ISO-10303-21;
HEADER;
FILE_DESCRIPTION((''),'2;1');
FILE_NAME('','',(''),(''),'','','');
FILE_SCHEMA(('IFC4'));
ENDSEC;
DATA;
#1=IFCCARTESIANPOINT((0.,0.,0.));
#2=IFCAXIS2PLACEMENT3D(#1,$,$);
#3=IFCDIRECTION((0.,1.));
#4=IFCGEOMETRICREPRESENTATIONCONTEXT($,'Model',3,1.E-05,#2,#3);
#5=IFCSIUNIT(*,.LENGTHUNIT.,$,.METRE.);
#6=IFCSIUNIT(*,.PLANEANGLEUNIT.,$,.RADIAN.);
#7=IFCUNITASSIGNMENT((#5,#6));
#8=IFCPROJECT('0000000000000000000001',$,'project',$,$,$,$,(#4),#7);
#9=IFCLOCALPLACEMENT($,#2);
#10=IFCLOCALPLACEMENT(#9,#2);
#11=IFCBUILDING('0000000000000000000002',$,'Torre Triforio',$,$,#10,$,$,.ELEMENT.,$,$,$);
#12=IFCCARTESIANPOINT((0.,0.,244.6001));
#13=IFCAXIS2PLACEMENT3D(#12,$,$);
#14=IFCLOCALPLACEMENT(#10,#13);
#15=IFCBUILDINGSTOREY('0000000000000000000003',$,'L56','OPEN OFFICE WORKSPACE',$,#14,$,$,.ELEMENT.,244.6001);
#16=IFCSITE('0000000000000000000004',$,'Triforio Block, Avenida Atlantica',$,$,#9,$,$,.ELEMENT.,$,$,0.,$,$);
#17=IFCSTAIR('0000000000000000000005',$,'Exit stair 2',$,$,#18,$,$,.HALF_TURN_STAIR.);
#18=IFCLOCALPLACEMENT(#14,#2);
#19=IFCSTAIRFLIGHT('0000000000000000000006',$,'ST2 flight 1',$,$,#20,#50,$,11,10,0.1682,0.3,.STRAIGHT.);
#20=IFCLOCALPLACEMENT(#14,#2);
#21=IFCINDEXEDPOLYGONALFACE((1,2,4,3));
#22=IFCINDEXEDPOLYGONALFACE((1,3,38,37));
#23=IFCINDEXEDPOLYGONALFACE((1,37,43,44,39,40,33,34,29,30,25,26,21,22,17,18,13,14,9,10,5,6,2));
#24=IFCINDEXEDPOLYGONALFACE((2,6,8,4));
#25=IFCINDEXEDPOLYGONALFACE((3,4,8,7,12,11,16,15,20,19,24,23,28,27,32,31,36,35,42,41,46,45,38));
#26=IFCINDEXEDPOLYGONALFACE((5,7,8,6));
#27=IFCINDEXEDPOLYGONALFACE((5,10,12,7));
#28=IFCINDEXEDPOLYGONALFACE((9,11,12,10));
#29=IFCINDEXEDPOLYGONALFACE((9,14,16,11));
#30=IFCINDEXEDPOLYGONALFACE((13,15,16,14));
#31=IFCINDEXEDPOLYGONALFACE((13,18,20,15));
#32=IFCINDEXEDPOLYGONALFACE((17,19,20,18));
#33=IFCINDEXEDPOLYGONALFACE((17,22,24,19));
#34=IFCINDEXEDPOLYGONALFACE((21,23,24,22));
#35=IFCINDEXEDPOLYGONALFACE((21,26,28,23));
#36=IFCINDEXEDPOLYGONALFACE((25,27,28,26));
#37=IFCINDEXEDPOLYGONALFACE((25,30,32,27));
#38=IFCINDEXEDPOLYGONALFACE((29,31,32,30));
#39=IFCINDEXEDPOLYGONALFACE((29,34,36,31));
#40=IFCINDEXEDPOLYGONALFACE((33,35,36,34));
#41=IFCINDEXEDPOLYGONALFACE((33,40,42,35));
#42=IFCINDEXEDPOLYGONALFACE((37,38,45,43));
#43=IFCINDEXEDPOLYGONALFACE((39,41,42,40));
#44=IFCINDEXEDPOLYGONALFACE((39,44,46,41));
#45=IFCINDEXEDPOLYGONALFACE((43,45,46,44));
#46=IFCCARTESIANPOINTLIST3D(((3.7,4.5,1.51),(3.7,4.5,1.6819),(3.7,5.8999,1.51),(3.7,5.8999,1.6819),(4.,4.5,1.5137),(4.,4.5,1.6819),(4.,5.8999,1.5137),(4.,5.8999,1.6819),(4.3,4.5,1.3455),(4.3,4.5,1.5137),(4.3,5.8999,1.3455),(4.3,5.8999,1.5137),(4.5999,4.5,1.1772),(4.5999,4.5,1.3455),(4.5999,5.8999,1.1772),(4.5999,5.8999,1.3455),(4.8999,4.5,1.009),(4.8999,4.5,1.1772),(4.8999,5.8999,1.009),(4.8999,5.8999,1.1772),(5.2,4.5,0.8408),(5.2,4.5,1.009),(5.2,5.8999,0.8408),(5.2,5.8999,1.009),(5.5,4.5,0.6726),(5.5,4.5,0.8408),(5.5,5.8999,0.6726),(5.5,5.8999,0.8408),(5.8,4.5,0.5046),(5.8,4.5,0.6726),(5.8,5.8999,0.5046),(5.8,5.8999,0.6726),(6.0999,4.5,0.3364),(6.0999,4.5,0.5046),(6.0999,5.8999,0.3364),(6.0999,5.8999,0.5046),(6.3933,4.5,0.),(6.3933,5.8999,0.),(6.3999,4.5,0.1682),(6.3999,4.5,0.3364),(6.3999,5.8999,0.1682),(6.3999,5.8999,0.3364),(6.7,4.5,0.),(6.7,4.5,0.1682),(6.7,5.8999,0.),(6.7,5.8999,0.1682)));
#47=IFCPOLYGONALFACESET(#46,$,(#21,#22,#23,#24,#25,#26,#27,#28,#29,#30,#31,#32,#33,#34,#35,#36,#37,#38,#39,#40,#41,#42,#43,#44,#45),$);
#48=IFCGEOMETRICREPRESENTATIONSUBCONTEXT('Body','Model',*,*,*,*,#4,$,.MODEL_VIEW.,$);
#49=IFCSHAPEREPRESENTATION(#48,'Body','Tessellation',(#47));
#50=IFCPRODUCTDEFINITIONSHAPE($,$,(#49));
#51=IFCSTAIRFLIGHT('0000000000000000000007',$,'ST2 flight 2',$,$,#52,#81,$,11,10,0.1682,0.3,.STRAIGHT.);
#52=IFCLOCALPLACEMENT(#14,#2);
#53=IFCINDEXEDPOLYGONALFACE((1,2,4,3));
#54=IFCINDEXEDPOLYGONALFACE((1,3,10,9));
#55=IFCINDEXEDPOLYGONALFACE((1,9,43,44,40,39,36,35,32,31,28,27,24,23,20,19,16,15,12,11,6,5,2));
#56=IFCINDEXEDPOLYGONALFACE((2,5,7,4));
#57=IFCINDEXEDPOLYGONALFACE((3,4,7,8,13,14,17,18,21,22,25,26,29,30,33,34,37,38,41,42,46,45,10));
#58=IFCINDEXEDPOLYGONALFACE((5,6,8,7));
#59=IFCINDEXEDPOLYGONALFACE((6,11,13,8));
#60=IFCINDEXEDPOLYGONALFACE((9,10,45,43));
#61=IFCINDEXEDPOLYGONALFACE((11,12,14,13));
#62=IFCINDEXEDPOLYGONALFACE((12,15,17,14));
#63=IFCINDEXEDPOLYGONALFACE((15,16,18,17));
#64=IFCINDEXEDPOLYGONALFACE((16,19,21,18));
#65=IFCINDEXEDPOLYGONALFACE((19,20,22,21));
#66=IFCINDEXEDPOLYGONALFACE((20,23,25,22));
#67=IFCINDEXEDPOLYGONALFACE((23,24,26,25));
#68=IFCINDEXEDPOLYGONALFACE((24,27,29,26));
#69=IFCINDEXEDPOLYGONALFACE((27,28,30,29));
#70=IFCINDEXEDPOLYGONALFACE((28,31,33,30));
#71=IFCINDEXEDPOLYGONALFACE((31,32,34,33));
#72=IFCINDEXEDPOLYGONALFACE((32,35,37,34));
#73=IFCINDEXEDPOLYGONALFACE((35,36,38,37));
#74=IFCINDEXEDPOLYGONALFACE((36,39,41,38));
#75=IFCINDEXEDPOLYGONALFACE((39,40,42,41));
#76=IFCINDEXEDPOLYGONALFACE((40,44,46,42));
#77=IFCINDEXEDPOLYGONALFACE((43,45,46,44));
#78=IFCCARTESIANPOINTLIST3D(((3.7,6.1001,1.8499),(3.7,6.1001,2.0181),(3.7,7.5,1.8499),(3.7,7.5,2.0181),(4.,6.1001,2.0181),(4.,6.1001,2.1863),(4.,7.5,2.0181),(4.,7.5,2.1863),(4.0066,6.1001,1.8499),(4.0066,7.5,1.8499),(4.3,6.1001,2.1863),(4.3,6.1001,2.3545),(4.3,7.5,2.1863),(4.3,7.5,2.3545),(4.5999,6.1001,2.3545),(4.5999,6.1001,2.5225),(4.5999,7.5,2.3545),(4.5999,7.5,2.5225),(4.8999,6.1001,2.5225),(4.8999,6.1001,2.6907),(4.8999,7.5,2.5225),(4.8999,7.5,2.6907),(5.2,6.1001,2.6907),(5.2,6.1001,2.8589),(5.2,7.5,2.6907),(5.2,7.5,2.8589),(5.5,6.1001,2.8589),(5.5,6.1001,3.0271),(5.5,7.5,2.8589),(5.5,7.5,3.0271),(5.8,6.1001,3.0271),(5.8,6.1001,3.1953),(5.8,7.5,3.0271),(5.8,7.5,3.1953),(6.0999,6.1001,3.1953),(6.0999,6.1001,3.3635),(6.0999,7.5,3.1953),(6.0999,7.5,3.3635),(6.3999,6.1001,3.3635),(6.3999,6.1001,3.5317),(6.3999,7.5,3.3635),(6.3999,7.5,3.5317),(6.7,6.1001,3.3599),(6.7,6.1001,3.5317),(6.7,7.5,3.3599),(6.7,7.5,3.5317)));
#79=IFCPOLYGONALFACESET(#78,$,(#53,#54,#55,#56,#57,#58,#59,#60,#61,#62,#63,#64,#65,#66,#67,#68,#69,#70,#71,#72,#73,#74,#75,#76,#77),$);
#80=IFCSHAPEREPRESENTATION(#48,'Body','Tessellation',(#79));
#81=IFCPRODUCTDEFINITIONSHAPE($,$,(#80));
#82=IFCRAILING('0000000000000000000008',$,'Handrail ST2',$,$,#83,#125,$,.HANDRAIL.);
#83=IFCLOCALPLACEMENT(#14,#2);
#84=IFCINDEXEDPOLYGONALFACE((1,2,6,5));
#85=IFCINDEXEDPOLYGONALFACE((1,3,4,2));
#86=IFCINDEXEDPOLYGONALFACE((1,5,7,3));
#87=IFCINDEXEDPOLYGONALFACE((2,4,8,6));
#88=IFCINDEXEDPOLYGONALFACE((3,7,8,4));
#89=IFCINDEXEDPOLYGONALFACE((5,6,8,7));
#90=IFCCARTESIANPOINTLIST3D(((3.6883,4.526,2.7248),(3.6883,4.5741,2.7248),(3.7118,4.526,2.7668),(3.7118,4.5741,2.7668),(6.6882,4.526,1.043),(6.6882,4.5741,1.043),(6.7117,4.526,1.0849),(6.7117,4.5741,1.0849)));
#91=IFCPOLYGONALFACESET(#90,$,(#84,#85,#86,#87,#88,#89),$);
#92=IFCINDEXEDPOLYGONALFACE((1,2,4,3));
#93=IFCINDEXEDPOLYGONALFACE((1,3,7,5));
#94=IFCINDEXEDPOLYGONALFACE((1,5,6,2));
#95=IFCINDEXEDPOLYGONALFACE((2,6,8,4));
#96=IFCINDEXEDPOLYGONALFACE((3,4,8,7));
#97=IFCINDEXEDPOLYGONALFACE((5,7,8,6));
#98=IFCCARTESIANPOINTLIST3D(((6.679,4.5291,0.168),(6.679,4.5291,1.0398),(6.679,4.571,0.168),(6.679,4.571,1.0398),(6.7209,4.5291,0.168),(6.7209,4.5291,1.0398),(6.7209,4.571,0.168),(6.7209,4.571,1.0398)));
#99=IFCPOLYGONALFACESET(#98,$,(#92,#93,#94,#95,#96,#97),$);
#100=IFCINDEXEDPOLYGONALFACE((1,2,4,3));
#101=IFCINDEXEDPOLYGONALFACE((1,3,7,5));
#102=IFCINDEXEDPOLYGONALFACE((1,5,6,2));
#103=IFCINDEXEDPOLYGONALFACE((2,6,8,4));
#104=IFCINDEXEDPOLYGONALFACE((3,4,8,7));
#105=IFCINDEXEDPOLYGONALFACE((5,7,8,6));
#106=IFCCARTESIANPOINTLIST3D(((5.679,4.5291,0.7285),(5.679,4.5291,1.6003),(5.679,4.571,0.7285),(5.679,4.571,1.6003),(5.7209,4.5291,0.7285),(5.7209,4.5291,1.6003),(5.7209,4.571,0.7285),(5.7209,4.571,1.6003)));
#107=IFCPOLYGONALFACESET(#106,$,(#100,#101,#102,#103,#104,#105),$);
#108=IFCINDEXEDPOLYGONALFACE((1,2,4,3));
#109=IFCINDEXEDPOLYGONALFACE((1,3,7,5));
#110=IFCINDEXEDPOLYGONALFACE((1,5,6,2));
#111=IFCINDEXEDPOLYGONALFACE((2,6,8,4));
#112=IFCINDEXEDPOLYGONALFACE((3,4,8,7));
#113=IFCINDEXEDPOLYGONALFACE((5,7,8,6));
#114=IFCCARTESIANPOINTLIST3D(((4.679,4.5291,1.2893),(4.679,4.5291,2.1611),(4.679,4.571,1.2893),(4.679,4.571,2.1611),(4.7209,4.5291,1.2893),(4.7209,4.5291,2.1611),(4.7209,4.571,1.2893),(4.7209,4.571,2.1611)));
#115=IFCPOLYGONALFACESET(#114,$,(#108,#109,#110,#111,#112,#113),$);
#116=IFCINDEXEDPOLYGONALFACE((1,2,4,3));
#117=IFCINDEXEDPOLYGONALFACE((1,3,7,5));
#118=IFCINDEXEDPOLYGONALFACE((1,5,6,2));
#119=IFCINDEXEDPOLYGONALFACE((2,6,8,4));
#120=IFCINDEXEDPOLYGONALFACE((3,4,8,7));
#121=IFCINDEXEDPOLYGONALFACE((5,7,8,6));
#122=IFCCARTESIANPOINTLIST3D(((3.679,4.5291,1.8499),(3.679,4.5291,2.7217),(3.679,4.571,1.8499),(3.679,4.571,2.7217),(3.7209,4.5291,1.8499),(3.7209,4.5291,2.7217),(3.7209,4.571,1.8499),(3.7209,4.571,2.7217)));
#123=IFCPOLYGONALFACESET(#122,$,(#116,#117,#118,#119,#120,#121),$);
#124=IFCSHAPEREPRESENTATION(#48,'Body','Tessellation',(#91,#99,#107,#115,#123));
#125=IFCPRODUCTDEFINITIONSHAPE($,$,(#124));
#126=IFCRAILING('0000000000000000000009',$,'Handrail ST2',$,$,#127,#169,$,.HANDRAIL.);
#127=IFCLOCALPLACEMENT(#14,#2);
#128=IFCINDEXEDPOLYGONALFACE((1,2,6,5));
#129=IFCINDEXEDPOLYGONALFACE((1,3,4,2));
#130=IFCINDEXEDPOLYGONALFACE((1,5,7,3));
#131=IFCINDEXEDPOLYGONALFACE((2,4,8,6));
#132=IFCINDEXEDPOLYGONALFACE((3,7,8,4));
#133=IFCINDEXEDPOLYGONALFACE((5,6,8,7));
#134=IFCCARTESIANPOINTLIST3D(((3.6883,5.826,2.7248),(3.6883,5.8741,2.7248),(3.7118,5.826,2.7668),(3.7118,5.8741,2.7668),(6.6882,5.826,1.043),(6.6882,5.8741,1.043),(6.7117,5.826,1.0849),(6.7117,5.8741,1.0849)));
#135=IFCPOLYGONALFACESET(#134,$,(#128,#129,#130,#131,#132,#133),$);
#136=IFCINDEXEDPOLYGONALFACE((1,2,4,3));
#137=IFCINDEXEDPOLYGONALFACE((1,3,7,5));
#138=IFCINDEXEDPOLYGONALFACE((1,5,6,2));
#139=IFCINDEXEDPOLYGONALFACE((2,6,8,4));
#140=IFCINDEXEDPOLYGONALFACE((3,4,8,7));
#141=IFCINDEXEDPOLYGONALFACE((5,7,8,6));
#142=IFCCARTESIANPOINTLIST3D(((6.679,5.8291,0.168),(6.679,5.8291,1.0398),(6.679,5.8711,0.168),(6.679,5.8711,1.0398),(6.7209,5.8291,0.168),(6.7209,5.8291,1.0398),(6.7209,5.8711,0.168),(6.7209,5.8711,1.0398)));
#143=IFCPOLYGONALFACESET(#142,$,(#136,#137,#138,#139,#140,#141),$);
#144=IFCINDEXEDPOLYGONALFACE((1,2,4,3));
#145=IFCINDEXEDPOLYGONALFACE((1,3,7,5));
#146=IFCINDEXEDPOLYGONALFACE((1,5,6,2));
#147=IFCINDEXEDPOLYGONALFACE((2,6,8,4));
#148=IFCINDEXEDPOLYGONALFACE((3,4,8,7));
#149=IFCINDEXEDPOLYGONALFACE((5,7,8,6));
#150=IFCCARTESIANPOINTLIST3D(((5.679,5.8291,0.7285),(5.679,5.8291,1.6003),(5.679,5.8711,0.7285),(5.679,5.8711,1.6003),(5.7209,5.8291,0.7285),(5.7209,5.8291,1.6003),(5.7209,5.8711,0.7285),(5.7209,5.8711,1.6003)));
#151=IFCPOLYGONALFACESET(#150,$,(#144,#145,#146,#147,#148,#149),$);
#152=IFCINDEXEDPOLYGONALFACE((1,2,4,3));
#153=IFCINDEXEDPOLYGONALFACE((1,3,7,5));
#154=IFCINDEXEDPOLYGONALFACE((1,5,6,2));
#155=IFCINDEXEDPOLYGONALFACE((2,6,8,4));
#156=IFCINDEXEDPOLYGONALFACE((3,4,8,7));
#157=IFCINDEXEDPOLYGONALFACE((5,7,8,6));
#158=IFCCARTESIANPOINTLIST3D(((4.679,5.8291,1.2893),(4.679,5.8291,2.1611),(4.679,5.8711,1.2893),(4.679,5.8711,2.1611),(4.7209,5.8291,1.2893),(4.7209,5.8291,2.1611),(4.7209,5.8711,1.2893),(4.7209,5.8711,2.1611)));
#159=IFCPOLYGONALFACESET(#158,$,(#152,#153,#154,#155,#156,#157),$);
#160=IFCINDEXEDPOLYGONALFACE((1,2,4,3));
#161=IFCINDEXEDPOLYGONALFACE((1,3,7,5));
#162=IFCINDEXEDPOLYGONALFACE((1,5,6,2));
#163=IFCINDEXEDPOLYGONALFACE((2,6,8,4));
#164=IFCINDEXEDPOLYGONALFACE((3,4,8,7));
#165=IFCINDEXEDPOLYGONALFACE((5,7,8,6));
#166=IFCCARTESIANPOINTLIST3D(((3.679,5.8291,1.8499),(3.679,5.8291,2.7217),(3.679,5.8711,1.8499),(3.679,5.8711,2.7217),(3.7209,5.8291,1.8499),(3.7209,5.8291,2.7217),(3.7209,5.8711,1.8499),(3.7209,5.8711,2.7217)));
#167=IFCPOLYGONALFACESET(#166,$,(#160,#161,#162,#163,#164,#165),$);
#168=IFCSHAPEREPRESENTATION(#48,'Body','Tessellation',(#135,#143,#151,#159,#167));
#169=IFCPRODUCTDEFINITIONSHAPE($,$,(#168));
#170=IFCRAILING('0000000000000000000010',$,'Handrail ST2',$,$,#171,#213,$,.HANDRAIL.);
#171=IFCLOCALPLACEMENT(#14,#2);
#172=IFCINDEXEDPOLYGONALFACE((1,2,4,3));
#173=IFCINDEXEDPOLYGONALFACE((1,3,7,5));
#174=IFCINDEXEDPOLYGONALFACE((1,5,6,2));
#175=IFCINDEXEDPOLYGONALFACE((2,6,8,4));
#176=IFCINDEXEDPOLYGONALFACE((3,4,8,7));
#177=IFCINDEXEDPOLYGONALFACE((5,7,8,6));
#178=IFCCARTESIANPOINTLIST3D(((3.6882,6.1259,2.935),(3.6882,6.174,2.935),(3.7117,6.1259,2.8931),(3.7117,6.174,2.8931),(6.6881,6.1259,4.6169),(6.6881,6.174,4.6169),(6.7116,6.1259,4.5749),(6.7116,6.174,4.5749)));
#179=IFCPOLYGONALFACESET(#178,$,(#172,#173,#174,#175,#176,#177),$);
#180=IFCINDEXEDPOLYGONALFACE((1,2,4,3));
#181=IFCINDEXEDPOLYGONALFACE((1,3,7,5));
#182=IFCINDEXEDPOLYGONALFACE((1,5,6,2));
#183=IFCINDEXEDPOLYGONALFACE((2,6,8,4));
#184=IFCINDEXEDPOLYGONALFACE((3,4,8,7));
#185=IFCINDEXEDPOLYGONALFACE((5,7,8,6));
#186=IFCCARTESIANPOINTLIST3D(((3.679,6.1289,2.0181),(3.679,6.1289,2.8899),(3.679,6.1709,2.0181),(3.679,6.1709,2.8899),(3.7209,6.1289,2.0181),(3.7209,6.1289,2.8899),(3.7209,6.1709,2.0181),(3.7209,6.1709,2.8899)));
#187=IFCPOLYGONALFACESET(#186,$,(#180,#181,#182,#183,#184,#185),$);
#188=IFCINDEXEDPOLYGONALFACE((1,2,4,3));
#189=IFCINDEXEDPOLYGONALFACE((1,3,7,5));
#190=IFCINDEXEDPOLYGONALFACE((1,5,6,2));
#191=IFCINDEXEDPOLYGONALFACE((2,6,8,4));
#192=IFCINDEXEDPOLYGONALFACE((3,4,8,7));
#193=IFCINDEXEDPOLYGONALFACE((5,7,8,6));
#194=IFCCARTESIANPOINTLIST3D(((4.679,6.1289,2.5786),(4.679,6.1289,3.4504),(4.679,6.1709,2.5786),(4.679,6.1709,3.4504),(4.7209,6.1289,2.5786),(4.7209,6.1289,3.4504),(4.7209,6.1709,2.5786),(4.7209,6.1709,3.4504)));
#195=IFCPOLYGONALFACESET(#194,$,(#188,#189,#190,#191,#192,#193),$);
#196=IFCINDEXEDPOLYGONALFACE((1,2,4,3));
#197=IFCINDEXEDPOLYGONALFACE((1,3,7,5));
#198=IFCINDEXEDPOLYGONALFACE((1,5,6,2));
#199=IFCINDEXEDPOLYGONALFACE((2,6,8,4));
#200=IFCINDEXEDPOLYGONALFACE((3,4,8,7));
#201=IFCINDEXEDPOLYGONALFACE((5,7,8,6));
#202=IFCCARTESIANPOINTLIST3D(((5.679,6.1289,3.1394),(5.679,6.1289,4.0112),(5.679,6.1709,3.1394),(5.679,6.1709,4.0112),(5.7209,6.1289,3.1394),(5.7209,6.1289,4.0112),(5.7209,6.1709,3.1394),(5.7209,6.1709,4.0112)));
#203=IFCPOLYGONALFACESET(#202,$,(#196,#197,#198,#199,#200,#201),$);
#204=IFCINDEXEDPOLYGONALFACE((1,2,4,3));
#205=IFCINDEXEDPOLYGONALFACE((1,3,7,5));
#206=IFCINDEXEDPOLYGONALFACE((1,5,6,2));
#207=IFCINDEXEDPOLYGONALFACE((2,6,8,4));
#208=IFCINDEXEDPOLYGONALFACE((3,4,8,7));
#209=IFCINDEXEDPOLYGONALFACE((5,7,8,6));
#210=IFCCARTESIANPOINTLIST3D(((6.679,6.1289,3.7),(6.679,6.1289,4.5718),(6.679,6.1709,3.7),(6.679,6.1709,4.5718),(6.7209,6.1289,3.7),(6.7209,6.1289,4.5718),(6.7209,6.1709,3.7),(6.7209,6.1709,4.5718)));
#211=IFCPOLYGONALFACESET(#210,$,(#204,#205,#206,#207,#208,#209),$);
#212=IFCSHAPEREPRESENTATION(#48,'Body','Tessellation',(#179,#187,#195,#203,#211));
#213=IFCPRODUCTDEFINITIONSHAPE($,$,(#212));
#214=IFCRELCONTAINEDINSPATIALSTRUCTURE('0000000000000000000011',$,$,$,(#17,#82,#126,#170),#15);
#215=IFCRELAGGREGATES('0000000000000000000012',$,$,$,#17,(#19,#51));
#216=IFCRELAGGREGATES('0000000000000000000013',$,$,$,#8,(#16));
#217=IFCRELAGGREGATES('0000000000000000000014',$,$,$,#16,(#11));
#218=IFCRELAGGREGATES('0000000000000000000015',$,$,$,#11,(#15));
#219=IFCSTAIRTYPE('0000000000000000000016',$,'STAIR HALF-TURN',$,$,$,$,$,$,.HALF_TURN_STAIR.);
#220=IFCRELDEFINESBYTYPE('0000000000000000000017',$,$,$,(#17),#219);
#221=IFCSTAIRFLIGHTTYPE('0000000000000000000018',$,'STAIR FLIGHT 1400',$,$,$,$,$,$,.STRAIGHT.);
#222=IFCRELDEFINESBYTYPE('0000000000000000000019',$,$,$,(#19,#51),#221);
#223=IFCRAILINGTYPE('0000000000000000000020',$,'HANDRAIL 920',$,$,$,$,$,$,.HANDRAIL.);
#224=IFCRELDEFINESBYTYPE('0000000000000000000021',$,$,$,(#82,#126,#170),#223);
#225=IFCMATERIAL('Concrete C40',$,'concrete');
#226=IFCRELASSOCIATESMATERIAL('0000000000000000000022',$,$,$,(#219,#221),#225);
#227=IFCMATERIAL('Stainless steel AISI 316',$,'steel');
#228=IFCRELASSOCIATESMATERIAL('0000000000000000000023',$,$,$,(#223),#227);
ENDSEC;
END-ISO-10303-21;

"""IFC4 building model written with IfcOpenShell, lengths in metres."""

from ifc_helpers import new_model, si_unit, direction, frame, origin, origin_2d, place, context, subcontext, project, spatial, polyline, rectangle, outline, extrude, material, type_object, element, aggregate, save


model = new_model("IFC4")

# Units and contexts
model_context = context("Model", 3, precision=1e-05, world=origin(), true_north=direction((0.0, 1.0)))
body_context = subcontext(model_context, "Body", "Model", "MODEL_VIEW")
ifc_project = project(units=[si_unit("LENGTHUNIT", "METRE"), si_unit("PLANEANGLEUNIT", "RADIAN")], contexts=[model_context])

# Site, building, storey
site_placement = place(None, origin())
site = spatial("IfcSite", under=ifc_project, at=site_placement, Name="Triforio Block, Avenida Atlantica", CompositionType="ELEMENT", RefElevation=0.0)
building_placement = place(site_placement, origin())
building = spatial("IfcBuilding", under=site, at=building_placement, Name="Torre Triforio", CompositionType="ELEMENT")
storey_placement = place(building_placement, frame((0.0, 0.0, 244.6001)))
storey = spatial("IfcBuildingStorey", under=building, at=storey_placement, Name="L56", Description="OPEN OFFICE WORKSPACE", CompositionType="ELEMENT", Elevation=244.6001)

# Stair
ifc_material_1 = material(Name="Concrete C40", Category="concrete")
stair_type = type_object("IfcStairType", Name="STAIR HALF-TURN", PredefinedType="HALF_TURN_STAIR", material=ifc_material_1)
stair_1_placement = place(storey_placement, origin())
stair_1 = element("IfcStair", 1, at=stair_1_placement, inside=storey, type_object=stair_type, Name="Exit stair 2", PredefinedType="HALF_TURN_STAIR")

# Stair flights
stair_flight_type = type_object("IfcStairFlightType", Name="STAIR FLIGHT 1400", PredefinedType="STRAIGHT", material=ifc_material_1)
stair_flight_1_placement = place(storey_placement, frame((6.7, 5.2, 0.0), z_axis=(0.0, 0.0, 1.0), x_axis=(-1.0, 0.0, 0.0)))
stair_flight_1 = element("IfcStairFlight", 2, at=stair_flight_1_placement, type_object=stair_flight_type, Name="ST2 flight 1", NumberOfRisers=11, NumberOfTreads=10, PredefinedType="STRAIGHT", RiserHeight=0.1682, TreadLength=0.3, context=body_context, shape_type="SweptSolid", body=[
    extrude(outline(polyline([(0.0, 0.0), (0.0, 0.1682), (0.3, 0.1682), (0.3, 0.3364), (0.6001, 0.3364), (0.6001, 0.5046), (0.8999, 0.5046), (0.8999, 0.6726), (1.2, 0.6726), (1.2, 0.8408), (1.5, 0.8408), (1.5, 1.009), (1.8, 1.009), (1.8, 1.1772), (2.1001, 1.1772), (2.1001, 1.3455), (2.3999, 1.3455), (2.3999, 1.5137), (2.7, 1.5137), (2.7, 1.6819), (3.0, 1.6819), (3.0, 1.8501), (3.0, 1.51), (0.3066, 0.0), (0.0, 0.0)])), frame((0.0, 0.7, 0.0), z_axis=(0.0, -1.0, 0.0), x_axis=(1.0, 0.0, 0.0)), (0.0, 0.0, 1.0), 1.3999),
])
stair_flight_2_placement = place(storey_placement, frame((3.7, 6.8, 1.8499), z_axis=(0.0, 0.0, 1.0), x_axis=(1.0, 0.0, 0.0)))
stair_flight_2 = element("IfcStairFlight", 3, at=stair_flight_2_placement, type_object=stair_flight_type, Name="ST2 flight 2", NumberOfRisers=11, NumberOfTreads=10, PredefinedType="STRAIGHT", RiserHeight=0.1682, TreadLength=0.3, context=body_context, shape_type="SweptSolid", body=[
    extrude(outline(polyline([(0.0, 0.0), (0.0, 0.1682), (0.3, 0.1682), (0.3, 0.3364), (0.6001, 0.3364), (0.6001, 0.5046), (0.8999, 0.5046), (0.8999, 0.6726), (1.2, 0.6726), (1.2, 0.8408), (1.5, 0.8408), (1.5, 1.009), (1.8, 1.009), (1.8, 1.1772), (2.1001, 1.1772), (2.1001, 1.3455), (2.3999, 1.3455), (2.3999, 1.5137), (2.7, 1.5137), (2.7, 1.6819), (3.0, 1.6819), (3.0, 1.8501), (3.0, 1.51), (0.3066, 0.0), (0.0, 0.0)])), frame((0.0, 0.7, 0.0), z_axis=(0.0, -1.0, 0.0), x_axis=(1.0, 0.0, 0.0)), (0.0, 0.0, 1.0), 1.3999),
])
aggregate(stair_1, [stair_flight_1, stair_flight_2])

# Railings
ifc_material_2 = material(Name="Stainless steel AISI 316", Category="steel")
railing_type = type_object("IfcRailingType", Name="HANDRAIL 920", PredefinedType="HANDRAIL", material=ifc_material_2)
for number, where, name in (
    (4, (6.7, 4.55, 0.168), "Handrail ST2"),
    (5, (6.7, 5.8501, 0.168), "Handrail ST2"),
):
    element("IfcRailing", number, at=place(storey_placement, frame(where)), inside=storey, type_object=railing_type, Name=name, PredefinedType="HANDRAIL", context=body_context, shape_type="SweptSolid", body=[
        extrude(rectangle(XDim=0.0481, YDim=0.0481, at=origin_2d()), frame((0.0, 0.0, 0.896), z_axis=(-0.872272, 0.0, 0.48902), x_axis=(0.0, -1.0, 0.0)), (0.0, 0.0, 1.0), 3.4392),
        extrude(rectangle(XDim=0.042, YDim=0.042, at=origin_2d()), origin(), (0.0, 0.0, 1.0), 0.8718),
        extrude(rectangle(XDim=0.042, YDim=0.042, at=origin_2d()), frame((-1.0, 0.0, 0.5605)), (0.0, 0.0, 1.0), 0.8718),
        extrude(rectangle(XDim=0.042, YDim=0.042, at=origin_2d()), frame((-2.0, 0.0, 1.1213)), (0.0, 0.0, 1.0), 0.8718),
        extrude(rectangle(XDim=0.042, YDim=0.042, at=origin_2d()), frame((-3.0, 0.0, 1.6819)), (0.0, 0.0, 1.0), 0.8718),
    ])
railing_placement = place(storey_placement, frame((3.7, 6.1499, 2.0181)))
element("IfcRailing", 6, at=railing_placement, inside=storey, type_object=railing_type, Name="Handrail ST2", PredefinedType="HANDRAIL", context=body_context, shape_type="SweptSolid", body=[
    extrude(rectangle(XDim=0.0481, YDim=0.0481, at=origin_2d()), frame((0.0, 0.0, 0.896), z_axis=(0.872272, 0.0, 0.48902), x_axis=(0.0, 1.0, 0.0)), (0.0, 0.0, 1.0), 3.4392),
    extrude(rectangle(XDim=0.042, YDim=0.042, at=origin_2d()), origin(), (0.0, 0.0, 1.0), 0.8718),
    extrude(rectangle(XDim=0.042, YDim=0.042, at=origin_2d()), frame((1.0, 0.0, 0.5605)), (0.0, 0.0, 1.0), 0.8718),
    extrude(rectangle(XDim=0.042, YDim=0.042, at=origin_2d()), frame((2.0, 0.0, 1.1213)), (0.0, 0.0, 1.0), 0.8718),
    extrude(rectangle(XDim=0.042, YDim=0.042, at=origin_2d()), frame((3.0, 0.0, 1.6819)), (0.0, 0.0, 1.0), 0.8718),
])

save(model, "model.ifc")
